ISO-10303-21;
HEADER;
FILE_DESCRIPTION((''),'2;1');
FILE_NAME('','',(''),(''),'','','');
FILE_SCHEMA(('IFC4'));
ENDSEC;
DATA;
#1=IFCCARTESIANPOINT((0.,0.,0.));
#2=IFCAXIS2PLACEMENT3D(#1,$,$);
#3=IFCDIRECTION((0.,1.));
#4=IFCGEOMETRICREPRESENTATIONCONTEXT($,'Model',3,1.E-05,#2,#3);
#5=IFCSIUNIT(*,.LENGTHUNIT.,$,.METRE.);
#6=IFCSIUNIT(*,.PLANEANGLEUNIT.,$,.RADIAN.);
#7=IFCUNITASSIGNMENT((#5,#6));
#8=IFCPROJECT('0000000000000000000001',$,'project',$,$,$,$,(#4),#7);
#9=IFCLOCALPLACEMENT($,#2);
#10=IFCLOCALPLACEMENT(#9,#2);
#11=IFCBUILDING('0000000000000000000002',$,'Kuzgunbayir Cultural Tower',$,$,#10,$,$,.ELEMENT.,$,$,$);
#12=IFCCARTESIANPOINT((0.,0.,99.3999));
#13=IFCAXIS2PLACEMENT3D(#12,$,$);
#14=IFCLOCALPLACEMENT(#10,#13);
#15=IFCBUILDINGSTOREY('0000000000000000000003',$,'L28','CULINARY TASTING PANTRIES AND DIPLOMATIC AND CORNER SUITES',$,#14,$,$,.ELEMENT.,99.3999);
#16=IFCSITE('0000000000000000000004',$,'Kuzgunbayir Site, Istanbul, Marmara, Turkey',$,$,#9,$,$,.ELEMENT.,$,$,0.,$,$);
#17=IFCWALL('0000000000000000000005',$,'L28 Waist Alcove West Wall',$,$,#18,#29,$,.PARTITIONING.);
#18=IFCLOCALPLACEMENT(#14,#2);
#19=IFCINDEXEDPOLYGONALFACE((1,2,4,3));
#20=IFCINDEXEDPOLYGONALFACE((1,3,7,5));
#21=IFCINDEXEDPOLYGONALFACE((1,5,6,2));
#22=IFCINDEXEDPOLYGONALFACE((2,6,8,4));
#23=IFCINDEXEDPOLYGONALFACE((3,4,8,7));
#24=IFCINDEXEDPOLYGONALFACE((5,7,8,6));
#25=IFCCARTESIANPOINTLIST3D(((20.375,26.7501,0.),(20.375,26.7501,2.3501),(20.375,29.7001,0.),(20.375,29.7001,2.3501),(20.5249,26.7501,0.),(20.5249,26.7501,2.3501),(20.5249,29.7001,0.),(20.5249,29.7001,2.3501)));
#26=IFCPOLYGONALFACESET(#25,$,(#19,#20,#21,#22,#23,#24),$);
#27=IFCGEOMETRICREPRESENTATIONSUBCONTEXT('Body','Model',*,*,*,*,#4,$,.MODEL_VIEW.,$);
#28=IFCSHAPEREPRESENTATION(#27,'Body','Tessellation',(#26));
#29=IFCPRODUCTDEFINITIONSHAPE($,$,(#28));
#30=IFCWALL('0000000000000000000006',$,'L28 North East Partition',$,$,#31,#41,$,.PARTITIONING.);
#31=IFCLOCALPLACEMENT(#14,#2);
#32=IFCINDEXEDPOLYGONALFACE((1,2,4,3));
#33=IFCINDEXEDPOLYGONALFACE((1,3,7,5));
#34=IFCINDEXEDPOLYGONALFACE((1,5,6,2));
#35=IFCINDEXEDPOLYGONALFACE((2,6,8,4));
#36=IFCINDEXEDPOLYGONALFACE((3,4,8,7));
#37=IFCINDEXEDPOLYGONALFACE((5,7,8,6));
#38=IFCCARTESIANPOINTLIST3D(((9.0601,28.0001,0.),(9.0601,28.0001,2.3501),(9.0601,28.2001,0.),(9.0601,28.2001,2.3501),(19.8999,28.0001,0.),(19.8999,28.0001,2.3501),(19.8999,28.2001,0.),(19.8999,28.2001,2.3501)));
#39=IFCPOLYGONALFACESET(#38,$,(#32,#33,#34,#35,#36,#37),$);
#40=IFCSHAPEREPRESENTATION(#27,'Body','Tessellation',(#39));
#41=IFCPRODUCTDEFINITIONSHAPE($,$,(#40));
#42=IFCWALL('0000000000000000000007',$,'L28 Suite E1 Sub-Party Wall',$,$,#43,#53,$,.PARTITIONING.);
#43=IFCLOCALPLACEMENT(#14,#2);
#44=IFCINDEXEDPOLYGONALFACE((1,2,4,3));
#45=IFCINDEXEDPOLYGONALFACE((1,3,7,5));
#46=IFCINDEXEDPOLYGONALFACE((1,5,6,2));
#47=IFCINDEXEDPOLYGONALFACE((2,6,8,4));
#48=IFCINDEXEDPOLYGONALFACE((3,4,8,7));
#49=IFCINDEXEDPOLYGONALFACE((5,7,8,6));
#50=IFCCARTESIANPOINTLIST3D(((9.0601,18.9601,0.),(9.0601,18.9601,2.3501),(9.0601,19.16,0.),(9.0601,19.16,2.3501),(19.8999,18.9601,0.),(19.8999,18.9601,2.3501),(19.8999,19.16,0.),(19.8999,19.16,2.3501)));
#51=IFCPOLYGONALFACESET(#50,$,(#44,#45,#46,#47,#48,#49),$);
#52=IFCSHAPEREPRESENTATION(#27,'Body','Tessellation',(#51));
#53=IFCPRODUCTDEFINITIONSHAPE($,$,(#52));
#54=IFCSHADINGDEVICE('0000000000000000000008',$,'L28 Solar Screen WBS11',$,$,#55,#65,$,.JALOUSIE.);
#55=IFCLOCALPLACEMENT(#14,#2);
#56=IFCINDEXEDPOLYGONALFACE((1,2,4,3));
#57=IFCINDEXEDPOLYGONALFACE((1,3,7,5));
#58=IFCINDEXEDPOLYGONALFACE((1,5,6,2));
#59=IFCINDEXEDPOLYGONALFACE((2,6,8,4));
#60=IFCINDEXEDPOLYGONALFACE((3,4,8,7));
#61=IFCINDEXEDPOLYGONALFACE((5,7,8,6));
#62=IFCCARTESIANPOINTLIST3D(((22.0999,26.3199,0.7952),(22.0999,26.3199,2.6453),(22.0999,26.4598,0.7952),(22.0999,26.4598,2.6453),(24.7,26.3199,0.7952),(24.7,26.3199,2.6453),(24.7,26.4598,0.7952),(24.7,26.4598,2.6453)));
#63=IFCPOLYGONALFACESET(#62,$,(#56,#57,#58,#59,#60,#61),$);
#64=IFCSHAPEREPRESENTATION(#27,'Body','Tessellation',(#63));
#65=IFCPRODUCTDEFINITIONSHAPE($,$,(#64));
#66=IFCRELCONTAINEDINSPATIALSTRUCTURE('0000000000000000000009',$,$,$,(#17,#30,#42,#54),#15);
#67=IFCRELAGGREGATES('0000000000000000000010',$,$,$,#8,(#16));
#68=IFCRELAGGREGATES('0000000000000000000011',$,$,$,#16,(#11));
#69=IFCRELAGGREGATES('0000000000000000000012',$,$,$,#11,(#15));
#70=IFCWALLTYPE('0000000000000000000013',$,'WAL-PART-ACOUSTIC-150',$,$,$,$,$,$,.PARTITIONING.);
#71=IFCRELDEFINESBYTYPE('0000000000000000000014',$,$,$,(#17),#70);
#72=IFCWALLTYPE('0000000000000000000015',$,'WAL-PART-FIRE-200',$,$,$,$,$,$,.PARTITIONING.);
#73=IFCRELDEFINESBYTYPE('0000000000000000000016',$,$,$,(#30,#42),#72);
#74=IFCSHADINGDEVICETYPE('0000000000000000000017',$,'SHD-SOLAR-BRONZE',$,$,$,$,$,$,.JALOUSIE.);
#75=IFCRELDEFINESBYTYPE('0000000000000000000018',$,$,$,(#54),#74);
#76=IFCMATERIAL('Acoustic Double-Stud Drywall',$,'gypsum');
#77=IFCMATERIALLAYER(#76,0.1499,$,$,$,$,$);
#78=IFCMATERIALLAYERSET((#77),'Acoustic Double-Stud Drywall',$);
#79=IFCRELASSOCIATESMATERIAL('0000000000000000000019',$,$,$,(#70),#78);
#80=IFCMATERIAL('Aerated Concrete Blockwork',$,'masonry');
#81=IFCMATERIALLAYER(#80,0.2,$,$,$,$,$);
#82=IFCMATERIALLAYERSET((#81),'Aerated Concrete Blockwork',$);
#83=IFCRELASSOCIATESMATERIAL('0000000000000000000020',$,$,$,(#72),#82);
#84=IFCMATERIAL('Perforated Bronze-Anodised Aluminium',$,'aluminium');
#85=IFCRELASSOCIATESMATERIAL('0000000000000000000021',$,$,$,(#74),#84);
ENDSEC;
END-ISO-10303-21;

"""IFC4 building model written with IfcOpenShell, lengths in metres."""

from ifc_helpers import new_model, si_unit, direction, frame, frame_2d, origin, origin_2d, place, context, subcontext, project, spatial, rectangle, extrude, material, layer, layer_set, type_object, element, save


model = new_model("IFC4")

# Units and contexts
model_context = context("Model", 3, precision=1e-05, world=origin(), true_north=direction((0.0, 1.0)))
body_context = subcontext(model_context, "Body", "Model", "MODEL_VIEW")
ifc_project = project(units=[si_unit("LENGTHUNIT", "METRE"), si_unit("PLANEANGLEUNIT", "RADIAN")], contexts=[model_context])

# Site, building, storey
site_placement = place(None, origin())
site = spatial("IfcSite", under=ifc_project, at=site_placement, Name="Kuzgunbayir Site, Istanbul, Marmara, Turkey", CompositionType="ELEMENT", RefElevation=0.0)
building_placement = place(site_placement, origin())
building = spatial("IfcBuilding", under=site, at=building_placement, Name="Kuzgunbayir Cultural Tower", CompositionType="ELEMENT")
storey_placement = place(building_placement, frame((0.0, 0.0, 99.3999)))
storey = spatial("IfcBuildingStorey", under=building, at=storey_placement, Name="L28", Description="CULINARY TASTING PANTRIES AND DIPLOMATIC AND CORNER SUITES", CompositionType="ELEMENT", Elevation=99.3999)

# Shared definitions
ifc_material_1 = material(Name="Acoustic Double-Stud Drywall", Category="gypsum")
ifc_layer_1 = layer(ifc_material_1, 0.1499)
ifc_layer_set_1 = layer_set([ifc_layer_1], Name="Acoustic Double-Stud Drywall")
wall_type_1 = type_object("IfcWallType", Name="WAL-PART-ACOUSTIC-150", PredefinedType="PARTITIONING", material=ifc_layer_set_1)

# Walls
wall_1_placement = place(storey_placement, frame((20.45, 26.75, 0.0), z_axis=(0.0, 0.0, 1.0), x_axis=(0.0, 1.0, 0.0)))
element("IfcWall", 1, at=wall_1_placement, inside=storey, type_object=wall_type_1, Name="L28 Waist Alcove West Wall", PredefinedType="PARTITIONING", context=body_context, shape_type="SweptSolid", body=[
    extrude(rectangle(XDim=2.95, YDim=0.1499, at=frame_2d((1.4751, 0.0))), origin(), (0.0, 0.0, 1.0), 2.3501),
])
ifc_material_2 = material(Name="Aerated Concrete Blockwork", Category="masonry")
ifc_layer_2 = layer(ifc_material_2, 0.2)
ifc_layer_set_2 = layer_set([ifc_layer_2], Name="Aerated Concrete Blockwork")
wall_type_2 = type_object("IfcWallType", Name="WAL-PART-FIRE-200", PredefinedType="PARTITIONING", material=ifc_layer_set_2)
for number, where, z_axis, x_axis, name in (
    (2, (9.0601, 28.1001, 0.0), (0.0, 0.0, 1.0), (1.0, 0.0, 0.0), "L28 North East Partition"),
    (3, (9.0601, 19.0601, 0.0), (0.0, 0.0, 1.0), (1.0, 0.0, 0.0), "L28 Suite E1 Sub-Party Wall"),
):
    element("IfcWall", number, at=place(storey_placement, frame(where, z_axis=z_axis, x_axis=x_axis)), inside=storey, type_object=wall_type_2, Name=name, PredefinedType="PARTITIONING", context=body_context, shape_type="SweptSolid", body=[
        extrude(rectangle(XDim=10.8398, YDim=0.2, at=frame_2d((5.4199, 0.0))), origin(), (0.0, 0.0, 1.0), 2.3501),
    ])

# Shading device
ifc_material_3 = material(Name="Perforated Bronze-Anodised Aluminium", Category="aluminium")
shading_device_type = type_object("IfcShadingDeviceType", Name="SHD-SOLAR-BRONZE", PredefinedType="JALOUSIE", material=ifc_material_3)
shading_device_placement = place(storey_placement, frame((23.3999, 26.3899, 0.7952), z_axis=(0.0, 0.0, 1.0), x_axis=(1.0, 0.0, 0.0)))
element("IfcShadingDevice", 4, at=shading_device_placement, inside=storey, type_object=shading_device_type, Name="L28 Solar Screen WBS11", PredefinedType="JALOUSIE", context=body_context, shape_type="SweptSolid", body=[
    extrude(rectangle(XDim=2.6001, YDim=0.1399, at=origin_2d()), origin(), (0.0, 0.0, 1.0), 1.8501),
])

save(model, "model.ifc")
